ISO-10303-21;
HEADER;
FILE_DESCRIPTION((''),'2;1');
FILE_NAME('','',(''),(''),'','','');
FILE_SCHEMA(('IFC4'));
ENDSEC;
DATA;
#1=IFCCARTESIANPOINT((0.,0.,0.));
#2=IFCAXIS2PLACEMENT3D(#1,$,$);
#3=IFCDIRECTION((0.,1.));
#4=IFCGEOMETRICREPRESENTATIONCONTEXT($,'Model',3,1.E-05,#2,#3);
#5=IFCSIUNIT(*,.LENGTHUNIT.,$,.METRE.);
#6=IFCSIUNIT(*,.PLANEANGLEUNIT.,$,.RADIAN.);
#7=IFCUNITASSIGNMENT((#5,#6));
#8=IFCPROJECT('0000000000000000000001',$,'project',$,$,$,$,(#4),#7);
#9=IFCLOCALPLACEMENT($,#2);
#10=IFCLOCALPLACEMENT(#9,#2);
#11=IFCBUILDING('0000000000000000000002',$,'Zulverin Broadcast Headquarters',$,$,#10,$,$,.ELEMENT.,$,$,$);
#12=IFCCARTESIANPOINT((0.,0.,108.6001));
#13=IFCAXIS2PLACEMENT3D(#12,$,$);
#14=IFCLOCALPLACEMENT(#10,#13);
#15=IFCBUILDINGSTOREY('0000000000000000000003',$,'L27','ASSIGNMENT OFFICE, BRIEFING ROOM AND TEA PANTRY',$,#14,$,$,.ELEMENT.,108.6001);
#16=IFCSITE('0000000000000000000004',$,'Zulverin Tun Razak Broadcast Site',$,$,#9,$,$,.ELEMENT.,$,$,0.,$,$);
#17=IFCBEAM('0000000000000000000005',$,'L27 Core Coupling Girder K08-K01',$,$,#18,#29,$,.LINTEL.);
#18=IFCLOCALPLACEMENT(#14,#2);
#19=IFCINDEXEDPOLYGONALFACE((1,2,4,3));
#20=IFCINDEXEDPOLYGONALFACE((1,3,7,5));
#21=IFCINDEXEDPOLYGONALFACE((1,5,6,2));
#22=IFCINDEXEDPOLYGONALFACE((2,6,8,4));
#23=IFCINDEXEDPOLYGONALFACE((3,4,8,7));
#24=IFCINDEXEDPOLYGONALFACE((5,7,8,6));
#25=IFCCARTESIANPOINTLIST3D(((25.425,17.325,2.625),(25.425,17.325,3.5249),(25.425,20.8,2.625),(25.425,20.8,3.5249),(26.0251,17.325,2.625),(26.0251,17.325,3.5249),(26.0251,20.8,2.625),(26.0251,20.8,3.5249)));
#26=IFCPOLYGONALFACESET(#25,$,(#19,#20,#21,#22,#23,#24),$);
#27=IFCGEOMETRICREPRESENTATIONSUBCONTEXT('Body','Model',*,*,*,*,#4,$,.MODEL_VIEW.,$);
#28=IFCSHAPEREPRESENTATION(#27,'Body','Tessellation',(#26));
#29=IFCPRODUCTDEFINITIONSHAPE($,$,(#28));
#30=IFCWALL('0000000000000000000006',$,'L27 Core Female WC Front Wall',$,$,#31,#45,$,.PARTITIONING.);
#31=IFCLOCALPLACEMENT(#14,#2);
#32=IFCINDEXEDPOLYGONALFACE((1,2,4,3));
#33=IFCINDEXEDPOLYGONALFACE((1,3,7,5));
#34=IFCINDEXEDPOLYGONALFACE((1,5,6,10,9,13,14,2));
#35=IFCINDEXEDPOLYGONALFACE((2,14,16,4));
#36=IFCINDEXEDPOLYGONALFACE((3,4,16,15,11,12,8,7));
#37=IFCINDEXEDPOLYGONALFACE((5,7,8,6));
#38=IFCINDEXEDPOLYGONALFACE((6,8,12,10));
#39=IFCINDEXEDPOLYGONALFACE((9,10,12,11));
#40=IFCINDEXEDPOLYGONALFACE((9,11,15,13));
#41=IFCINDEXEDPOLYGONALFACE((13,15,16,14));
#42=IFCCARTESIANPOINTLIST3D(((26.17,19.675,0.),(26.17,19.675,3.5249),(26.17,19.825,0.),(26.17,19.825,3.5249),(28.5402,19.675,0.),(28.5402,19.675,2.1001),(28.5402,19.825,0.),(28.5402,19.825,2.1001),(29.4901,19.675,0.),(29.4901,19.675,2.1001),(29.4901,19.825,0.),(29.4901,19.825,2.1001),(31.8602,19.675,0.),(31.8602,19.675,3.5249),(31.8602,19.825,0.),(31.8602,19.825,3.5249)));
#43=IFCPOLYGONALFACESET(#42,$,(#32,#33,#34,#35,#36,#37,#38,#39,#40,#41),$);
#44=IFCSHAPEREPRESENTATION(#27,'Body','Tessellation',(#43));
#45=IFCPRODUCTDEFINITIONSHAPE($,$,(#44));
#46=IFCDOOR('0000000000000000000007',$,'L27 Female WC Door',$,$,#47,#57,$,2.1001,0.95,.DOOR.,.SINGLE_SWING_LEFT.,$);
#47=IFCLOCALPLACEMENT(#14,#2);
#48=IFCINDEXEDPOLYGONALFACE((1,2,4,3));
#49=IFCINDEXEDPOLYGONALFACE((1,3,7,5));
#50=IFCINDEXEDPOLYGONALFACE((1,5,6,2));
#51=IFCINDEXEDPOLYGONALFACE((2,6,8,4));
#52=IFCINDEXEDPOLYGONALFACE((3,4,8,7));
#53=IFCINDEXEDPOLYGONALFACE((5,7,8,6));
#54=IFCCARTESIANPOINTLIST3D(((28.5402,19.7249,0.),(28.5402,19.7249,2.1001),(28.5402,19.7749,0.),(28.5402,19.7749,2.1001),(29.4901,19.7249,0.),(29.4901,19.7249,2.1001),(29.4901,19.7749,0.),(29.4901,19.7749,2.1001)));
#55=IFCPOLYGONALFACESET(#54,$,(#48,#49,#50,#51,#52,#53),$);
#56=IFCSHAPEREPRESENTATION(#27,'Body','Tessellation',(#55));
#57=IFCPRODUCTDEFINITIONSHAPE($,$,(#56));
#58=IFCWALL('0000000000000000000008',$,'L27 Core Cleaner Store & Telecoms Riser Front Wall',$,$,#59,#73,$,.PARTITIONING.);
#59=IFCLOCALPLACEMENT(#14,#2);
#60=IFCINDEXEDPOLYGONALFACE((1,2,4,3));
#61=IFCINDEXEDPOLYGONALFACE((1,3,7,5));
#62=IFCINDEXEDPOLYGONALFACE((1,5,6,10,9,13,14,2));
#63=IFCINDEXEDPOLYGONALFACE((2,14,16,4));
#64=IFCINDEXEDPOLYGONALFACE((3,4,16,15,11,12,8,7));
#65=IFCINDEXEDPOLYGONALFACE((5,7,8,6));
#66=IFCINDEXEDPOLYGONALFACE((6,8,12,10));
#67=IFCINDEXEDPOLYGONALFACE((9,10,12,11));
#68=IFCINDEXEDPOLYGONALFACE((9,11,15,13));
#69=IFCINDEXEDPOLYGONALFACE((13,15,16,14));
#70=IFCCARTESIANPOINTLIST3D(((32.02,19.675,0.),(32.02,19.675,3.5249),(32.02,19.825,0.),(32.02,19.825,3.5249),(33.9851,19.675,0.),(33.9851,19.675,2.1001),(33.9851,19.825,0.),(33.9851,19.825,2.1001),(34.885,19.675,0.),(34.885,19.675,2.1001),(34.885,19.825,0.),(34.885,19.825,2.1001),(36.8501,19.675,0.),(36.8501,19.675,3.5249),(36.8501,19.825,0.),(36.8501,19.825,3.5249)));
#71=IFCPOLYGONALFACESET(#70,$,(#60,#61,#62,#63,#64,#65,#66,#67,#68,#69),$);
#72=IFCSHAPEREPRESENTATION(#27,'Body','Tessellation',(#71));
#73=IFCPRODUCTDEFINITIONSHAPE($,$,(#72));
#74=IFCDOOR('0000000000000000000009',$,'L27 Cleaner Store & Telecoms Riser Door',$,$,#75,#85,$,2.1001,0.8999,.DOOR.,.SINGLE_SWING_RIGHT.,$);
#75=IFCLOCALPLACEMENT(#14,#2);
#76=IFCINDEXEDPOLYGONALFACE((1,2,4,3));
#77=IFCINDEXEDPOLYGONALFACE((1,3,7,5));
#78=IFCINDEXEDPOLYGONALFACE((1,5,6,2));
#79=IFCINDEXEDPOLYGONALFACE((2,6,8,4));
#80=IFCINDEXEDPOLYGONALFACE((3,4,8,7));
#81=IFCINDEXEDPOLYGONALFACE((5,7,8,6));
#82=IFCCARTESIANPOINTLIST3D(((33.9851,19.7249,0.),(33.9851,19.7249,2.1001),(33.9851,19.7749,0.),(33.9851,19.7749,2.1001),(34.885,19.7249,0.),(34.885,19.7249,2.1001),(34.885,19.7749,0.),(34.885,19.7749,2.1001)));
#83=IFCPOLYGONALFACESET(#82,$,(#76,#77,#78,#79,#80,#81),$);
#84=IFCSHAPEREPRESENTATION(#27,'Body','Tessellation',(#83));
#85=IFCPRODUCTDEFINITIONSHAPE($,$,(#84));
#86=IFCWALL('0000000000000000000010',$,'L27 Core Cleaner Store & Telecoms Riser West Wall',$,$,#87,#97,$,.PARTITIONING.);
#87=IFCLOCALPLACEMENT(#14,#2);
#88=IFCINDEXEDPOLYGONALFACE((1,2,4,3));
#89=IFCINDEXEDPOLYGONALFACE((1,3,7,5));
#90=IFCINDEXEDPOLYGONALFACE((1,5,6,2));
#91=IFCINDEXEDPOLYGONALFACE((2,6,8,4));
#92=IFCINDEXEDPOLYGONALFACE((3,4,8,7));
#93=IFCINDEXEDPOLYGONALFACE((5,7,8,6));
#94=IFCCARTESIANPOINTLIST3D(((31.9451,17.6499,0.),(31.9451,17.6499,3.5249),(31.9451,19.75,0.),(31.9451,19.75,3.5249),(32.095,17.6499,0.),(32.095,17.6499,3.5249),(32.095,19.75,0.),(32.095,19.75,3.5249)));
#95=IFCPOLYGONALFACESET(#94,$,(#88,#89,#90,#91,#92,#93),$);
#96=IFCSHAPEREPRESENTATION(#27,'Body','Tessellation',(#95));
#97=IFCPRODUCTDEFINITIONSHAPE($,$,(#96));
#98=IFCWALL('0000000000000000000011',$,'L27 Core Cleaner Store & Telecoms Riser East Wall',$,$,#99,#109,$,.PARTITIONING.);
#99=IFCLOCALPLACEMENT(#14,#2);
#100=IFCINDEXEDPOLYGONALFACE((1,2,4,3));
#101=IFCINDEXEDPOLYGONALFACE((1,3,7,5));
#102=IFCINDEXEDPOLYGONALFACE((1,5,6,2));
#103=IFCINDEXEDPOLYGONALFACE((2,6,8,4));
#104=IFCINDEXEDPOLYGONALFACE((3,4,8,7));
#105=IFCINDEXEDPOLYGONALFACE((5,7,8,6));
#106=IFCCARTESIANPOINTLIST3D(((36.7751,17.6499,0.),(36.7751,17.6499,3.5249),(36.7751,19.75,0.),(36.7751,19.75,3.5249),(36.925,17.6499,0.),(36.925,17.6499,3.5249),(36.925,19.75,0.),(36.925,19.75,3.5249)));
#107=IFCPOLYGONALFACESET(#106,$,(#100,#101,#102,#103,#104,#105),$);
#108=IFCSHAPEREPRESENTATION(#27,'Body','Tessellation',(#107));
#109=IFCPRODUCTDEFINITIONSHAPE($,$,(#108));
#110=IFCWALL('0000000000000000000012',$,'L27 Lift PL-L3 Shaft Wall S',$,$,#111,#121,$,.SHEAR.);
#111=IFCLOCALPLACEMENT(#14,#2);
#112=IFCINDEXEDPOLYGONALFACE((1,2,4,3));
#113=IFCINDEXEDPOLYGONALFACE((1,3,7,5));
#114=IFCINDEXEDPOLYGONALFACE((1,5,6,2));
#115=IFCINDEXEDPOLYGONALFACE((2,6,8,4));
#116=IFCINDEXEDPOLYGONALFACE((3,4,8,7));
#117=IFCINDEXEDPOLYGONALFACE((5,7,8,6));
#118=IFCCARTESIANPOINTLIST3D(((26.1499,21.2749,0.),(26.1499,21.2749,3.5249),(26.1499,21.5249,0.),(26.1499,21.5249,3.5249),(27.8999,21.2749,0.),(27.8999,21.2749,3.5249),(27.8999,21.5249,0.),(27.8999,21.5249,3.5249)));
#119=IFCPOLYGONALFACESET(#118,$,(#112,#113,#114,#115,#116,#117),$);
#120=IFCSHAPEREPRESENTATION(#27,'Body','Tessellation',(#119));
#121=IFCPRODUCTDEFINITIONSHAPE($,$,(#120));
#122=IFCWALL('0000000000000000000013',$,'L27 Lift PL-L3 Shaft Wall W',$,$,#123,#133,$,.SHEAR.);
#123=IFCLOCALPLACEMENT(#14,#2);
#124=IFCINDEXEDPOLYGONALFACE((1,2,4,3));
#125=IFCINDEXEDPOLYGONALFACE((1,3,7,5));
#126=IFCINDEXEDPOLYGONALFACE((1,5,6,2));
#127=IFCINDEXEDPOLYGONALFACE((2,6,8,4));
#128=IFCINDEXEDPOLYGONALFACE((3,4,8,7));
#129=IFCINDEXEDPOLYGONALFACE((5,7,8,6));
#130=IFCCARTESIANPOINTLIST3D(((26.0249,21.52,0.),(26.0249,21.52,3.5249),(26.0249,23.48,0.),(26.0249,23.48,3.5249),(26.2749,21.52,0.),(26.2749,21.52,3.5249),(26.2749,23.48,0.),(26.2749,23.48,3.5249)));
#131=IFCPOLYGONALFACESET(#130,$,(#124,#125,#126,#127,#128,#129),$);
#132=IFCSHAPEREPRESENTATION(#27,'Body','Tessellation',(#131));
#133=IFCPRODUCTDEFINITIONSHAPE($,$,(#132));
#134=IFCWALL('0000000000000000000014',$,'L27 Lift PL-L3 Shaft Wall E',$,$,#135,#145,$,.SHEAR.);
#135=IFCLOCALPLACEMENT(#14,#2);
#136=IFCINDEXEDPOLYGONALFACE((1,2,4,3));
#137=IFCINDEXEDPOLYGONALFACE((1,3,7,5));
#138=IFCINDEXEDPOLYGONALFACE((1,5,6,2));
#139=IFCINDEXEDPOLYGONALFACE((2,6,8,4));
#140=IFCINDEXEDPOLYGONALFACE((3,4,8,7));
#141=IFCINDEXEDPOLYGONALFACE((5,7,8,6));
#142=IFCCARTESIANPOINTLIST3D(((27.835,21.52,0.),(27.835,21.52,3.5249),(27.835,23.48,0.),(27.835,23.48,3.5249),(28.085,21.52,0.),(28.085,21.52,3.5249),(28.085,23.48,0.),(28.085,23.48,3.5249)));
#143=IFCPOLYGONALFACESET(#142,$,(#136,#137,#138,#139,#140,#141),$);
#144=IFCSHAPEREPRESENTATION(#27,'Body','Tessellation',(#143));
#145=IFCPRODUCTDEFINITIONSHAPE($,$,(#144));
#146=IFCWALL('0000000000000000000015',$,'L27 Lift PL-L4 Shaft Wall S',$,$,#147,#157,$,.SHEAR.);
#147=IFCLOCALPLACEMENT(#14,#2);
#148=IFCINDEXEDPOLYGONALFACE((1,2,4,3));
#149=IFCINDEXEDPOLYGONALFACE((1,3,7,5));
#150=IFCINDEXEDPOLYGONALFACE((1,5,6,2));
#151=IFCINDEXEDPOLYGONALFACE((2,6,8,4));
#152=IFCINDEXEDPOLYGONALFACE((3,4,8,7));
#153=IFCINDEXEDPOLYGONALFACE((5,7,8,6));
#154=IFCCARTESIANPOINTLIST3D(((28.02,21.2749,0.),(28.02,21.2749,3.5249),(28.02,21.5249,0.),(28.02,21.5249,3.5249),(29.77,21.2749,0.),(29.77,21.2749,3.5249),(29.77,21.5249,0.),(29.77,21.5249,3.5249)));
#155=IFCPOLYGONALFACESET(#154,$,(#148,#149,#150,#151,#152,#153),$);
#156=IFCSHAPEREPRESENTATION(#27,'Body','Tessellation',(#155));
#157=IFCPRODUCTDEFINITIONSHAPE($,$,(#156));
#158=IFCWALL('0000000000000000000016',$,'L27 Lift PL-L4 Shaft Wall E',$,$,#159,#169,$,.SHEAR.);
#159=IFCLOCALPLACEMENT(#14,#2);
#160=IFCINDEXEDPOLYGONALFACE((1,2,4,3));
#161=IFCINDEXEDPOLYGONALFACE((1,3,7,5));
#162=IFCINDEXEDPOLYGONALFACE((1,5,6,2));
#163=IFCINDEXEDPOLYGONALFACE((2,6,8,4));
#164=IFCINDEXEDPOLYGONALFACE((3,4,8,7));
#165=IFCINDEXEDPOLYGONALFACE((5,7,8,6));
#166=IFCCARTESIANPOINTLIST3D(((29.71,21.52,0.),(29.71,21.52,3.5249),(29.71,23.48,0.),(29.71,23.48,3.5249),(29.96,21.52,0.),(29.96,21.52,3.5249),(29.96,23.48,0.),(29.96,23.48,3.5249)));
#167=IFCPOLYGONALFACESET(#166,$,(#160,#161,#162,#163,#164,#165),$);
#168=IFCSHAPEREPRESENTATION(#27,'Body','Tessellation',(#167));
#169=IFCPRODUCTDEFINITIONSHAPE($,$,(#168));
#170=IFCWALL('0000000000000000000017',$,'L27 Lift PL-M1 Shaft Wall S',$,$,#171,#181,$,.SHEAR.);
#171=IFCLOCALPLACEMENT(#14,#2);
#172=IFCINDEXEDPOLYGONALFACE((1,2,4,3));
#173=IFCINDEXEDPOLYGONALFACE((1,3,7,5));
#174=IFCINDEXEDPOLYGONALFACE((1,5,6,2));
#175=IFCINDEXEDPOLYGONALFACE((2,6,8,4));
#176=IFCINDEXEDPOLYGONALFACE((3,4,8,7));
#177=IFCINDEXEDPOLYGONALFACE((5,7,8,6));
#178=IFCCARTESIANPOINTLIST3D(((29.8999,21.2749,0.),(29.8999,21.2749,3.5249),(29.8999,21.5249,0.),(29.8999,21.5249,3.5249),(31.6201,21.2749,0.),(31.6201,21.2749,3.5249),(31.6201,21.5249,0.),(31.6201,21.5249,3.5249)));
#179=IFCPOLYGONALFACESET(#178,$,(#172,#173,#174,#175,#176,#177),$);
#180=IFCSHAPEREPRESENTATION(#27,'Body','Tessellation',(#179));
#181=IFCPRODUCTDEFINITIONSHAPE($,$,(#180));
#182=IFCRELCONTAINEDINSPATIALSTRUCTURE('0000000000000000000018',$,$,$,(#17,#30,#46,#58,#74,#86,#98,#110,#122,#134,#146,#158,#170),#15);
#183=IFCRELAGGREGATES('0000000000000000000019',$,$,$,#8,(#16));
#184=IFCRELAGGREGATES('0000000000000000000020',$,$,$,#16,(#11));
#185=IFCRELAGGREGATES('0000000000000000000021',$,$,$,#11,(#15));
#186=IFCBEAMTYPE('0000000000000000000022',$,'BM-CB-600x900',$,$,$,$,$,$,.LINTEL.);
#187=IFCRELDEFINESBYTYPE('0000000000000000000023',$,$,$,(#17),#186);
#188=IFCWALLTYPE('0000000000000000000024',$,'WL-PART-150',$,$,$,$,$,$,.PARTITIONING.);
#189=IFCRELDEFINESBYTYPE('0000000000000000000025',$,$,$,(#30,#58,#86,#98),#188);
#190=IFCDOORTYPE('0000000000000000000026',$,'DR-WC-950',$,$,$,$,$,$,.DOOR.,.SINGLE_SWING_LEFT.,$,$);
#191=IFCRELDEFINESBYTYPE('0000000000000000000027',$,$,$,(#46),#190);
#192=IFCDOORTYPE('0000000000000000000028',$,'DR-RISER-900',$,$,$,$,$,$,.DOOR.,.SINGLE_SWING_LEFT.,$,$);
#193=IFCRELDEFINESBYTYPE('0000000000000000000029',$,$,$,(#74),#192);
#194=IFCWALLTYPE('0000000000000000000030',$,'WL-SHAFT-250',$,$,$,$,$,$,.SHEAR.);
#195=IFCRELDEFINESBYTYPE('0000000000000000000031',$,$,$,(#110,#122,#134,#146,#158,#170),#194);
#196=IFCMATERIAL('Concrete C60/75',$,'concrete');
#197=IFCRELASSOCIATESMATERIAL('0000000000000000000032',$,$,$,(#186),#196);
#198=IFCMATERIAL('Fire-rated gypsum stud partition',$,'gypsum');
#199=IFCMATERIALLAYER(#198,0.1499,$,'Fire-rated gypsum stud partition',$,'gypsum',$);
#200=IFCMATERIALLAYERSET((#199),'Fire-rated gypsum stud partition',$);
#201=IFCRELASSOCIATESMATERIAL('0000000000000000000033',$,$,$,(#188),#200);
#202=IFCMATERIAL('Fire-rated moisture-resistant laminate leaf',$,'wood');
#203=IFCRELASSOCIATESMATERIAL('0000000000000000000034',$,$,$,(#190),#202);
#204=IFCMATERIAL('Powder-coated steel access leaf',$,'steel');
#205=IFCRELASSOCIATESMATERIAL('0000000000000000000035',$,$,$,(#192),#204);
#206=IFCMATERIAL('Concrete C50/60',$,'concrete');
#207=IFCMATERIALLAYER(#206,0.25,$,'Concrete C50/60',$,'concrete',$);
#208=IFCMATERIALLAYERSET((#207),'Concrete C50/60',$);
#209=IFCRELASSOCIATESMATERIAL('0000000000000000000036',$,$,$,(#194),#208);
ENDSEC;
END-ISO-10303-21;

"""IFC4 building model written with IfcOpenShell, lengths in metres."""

from ifc_helpers import new_model, si_unit, direction, frame, frame_2d, origin, origin_2d, place, context, subcontext, project, spatial, rectangle, extrude, material, layer, layer_set, material_profile, profile_set, type_object, element, fill, save


model = new_model("IFC4")

# Units and contexts
model_context = context("Model", 3, precision=1e-05, world=origin(), true_north=direction((0.0, 1.0)))
body_context = subcontext(model_context, "Body", "Model", "MODEL_VIEW")
ifc_project = project(units=[si_unit("LENGTHUNIT", "METRE"), si_unit("PLANEANGLEUNIT", "RADIAN")], contexts=[model_context])

# Site, building, storey
site_placement = place(None, origin())
site = spatial("IfcSite", under=ifc_project, at=site_placement, Name="Zulverin Tun Razak Broadcast Site", CompositionType="ELEMENT", RefElevation=0.0)
building_placement = place(site_placement, origin())
building = spatial("IfcBuilding", under=site, at=building_placement, Name="Zulverin Broadcast Headquarters", CompositionType="ELEMENT")
storey_placement = place(building_placement, frame((0.0, 0.0, 108.6001)))
storey = spatial("IfcBuildingStorey", under=building, at=storey_placement, Name="L27", Description="ASSIGNMENT OFFICE, BRIEFING ROOM AND TEA PANTRY", CompositionType="ELEMENT", Elevation=108.6001)

# Beam
ifc_material_1 = material(Name="Concrete C60/75", Category="concrete")
ifc_material_profile = material_profile(ifc_material_1, rectangle(XDim=0.6001, YDim=0.8999, at=origin_2d()), Name="Concrete C60/75", Category="concrete")
ifc_profile_set = profile_set([ifc_material_profile], Name="Concrete C60/75")
beam_type = type_object("IfcBeamType", Name="BM-CB-600x900", PredefinedType="LINTEL", material=ifc_profile_set)
beam_placement = place(storey_placement, frame((25.7251, 20.8, 3.075), z_axis=(0.0, -1.0, 0.0), x_axis=(1.0, 0.0, 0.0)))
element("IfcBeam", 1, at=beam_placement, inside=storey, type_object=beam_type, Name="L27 Core Coupling Girder K08-K01", PredefinedType="LINTEL", context=body_context, shape_type="SweptSolid", body=[
    extrude(rectangle(XDim=0.6001, YDim=0.8999, at=origin_2d()), origin(), (0.0, 0.0, 1.0), 3.4751),
])

# Walls, openings, doors
ifc_material_2 = material(Name="Fire-rated gypsum stud partition", Category="gypsum")
ifc_layer_1 = layer(ifc_material_2, 0.1499, Name="Fire-rated gypsum stud partition", Category="gypsum")
ifc_layer_set_1 = layer_set([ifc_layer_1], Name="Fire-rated gypsum stud partition")
wall_type_1 = type_object("IfcWallType", Name="WL-PART-150", PredefinedType="PARTITIONING", material=ifc_layer_set_1)
wall_1_placement = place(storey_placement, frame((26.1699, 19.75, 0.0), z_axis=(0.0, 0.0, 1.0), x_axis=(1.0, 0.0, 0.0)))
wall_1 = element("IfcWall", 2, at=wall_1_placement, inside=storey, type_object=wall_type_1, Name="L27 Core Female WC Front Wall", PredefinedType="PARTITIONING", context=body_context, shape_type="SweptSolid", body=[
    extrude(rectangle(XDim=5.6902, YDim=0.1499, at=frame_2d((2.8452, 0.0))), origin(), (0.0, 0.0, 1.0), 3.5249),
])
opening_1_placement = place(wall_1_placement, frame((2.3701, 0.0, 0.0)))
opening_1 = element("IfcOpeningElement", 3, at=opening_1_placement, cuts=wall_1, PredefinedType="OPENING", context=body_context, shape_type="SweptSolid", body=[
    extrude(rectangle(XDim=0.95, YDim=2.1001, at=frame_2d((0.4751, 1.05))), frame((0.0, 0.085, 0.0), z_axis=(0.0, -1.0, 0.0), x_axis=(1.0, 0.0, 0.0)), (0.0, 0.0, 1.0), 0.1699),
])
ifc_material_3 = material(Name="Fire-rated moisture-resistant laminate leaf", Category="wood")
door_type_1 = type_object("IfcDoorType", Name="DR-WC-950", OperationType="SINGLE_SWING_LEFT", PredefinedType="DOOR", material=ifc_material_3)
door_1_placement = place(opening_1_placement, origin())
door_1 = element("IfcDoor", 4, at=door_1_placement, inside=storey, type_object=door_type_1, Name="L27 Female WC Door", OperationType="SINGLE_SWING_LEFT", OverallHeight=2.1001, OverallWidth=0.95, PredefinedType="DOOR", context=body_context, shape_type="SweptSolid", body=[
    extrude(rectangle(XDim=0.95, YDim=2.1001, at=frame_2d((0.4751, 1.05))), frame((0.0, 0.0249, 0.0), z_axis=(0.0, -1.0, 0.0), x_axis=(1.0, 0.0, 0.0)), (0.0, 0.0, 1.0), 0.05),
])
fill(opening_1, door_1)
wall_2_placement = place(storey_placement, frame((32.02, 19.75, 0.0), z_axis=(0.0, 0.0, 1.0), x_axis=(1.0, 0.0, 0.0)))
wall_2 = element("IfcWall", 5, at=wall_2_placement, inside=storey, type_object=wall_type_1, Name="L27 Core Cleaner Store & Telecoms Riser Front Wall", PredefinedType="PARTITIONING", context=body_context, shape_type="SweptSolid", body=[
    extrude(rectangle(XDim=4.8301, YDim=0.1499, at=frame_2d((2.415, 0.0))), origin(), (0.0, 0.0, 1.0), 3.5249),
])
opening_2_placement = place(wall_2_placement, frame((1.9651, 0.0, 0.0)))
opening_2 = element("IfcOpeningElement", 6, at=opening_2_placement, cuts=wall_2, PredefinedType="OPENING", context=body_context, shape_type="SweptSolid", body=[
    extrude(rectangle(XDim=0.8999, YDim=2.1001, at=frame_2d((0.45, 1.05))), frame((0.0, 0.085, 0.0), z_axis=(0.0, -1.0, 0.0), x_axis=(1.0, 0.0, 0.0)), (0.0, 0.0, 1.0), 0.1699),
])
ifc_material_4 = material(Name="Powder-coated steel access leaf", Category="steel")
door_type_2 = type_object("IfcDoorType", Name="DR-RISER-900", OperationType="SINGLE_SWING_LEFT", PredefinedType="DOOR", material=ifc_material_4)
door_2_placement = place(opening_2_placement, origin())
door_2 = element("IfcDoor", 7, at=door_2_placement, inside=storey, type_object=door_type_2, Name="L27 Cleaner Store & Telecoms Riser Door", OperationType="SINGLE_SWING_RIGHT", OverallHeight=2.1001, OverallWidth=0.8999, PredefinedType="DOOR", context=body_context, shape_type="SweptSolid", body=[
    extrude(rectangle(XDim=0.8999, YDim=2.1001, at=frame_2d((0.45, 1.05))), frame((0.0, 0.0249, 0.0), z_axis=(0.0, -1.0, 0.0), x_axis=(1.0, 0.0, 0.0)), (0.0, 0.0, 1.0), 0.05),
])
fill(opening_2, door_2)

# Walls
for number, where, z_axis, x_axis, name in (
    (8, (32.02, 17.6499, 0.0), (0.0, 0.0, 1.0), (0.0, 1.0, 0.0), "L27 Core Cleaner Store & Telecoms Riser West Wall"),
    (9, (36.8501, 17.6499, 0.0), (0.0, 0.0, 1.0), (0.0, 1.0, 0.0), "L27 Core Cleaner Store & Telecoms Riser East Wall"),
):
    element("IfcWall", number, at=place(storey_placement, frame(where, z_axis=z_axis, x_axis=x_axis)), inside=storey, type_object=wall_type_1, Name=name, PredefinedType="PARTITIONING", context=body_context, shape_type="SweptSolid", body=[
        extrude(rectangle(XDim=2.1001, YDim=0.1499, at=frame_2d((1.05, 0.0))), origin(), (0.0, 0.0, 1.0), 3.5249),
    ])
ifc_material_5 = material(Name="Concrete C50/60", Category="concrete")
ifc_layer_2 = layer(ifc_material_5, 0.25, Name="Concrete C50/60", Category="concrete")
ifc_layer_set_2 = layer_set([ifc_layer_2], Name="Concrete C50/60")
wall_type_2 = type_object("IfcWallType", Name="WL-SHAFT-250", PredefinedType="SHEAR", material=ifc_layer_set_2)
wall_3_placement = place(storey_placement, frame((26.1499, 21.3999, 0.0), z_axis=(0.0, 0.0, 1.0), x_axis=(1.0, 0.0, 0.0)))
element("IfcWall", 10, at=wall_3_placement, inside=storey, type_object=wall_type_2, Name="L27 Lift PL-L3 Shaft Wall S", PredefinedType="SHEAR", context=body_context, shape_type="SweptSolid", body=[
    extrude(rectangle(XDim=1.75, YDim=0.25, at=frame_2d((0.875, 0.0))), origin(), (0.0, 0.0, 1.0), 3.5249),
])
for number, where, z_axis, x_axis, name in (
    (11, (26.1499, 21.52, 0.0), (0.0, 0.0, 1.0), (0.0, 1.0, 0.0), "L27 Lift PL-L3 Shaft Wall W"),
    (12, (27.96, 21.52, 0.0), (0.0, 0.0, 1.0), (0.0, 1.0, 0.0), "L27 Lift PL-L3 Shaft Wall E"),
):
    element("IfcWall", number, at=place(storey_placement, frame(where, z_axis=z_axis, x_axis=x_axis)), inside=storey, type_object=wall_type_2, Name=name, PredefinedType="SHEAR", context=body_context, shape_type="SweptSolid", body=[
        extrude(rectangle(XDim=1.96, YDim=0.25, at=frame_2d((0.98, 0.0))), origin(), (0.0, 0.0, 1.0), 3.5249),
    ])
wall_4_placement = place(storey_placement, frame((28.02, 21.3999, 0.0), z_axis=(0.0, 0.0, 1.0), x_axis=(1.0, 0.0, 0.0)))
element("IfcWall", 13, at=wall_4_placement, inside=storey, type_object=wall_type_2, Name="L27 Lift PL-L4 Shaft Wall S", PredefinedType="SHEAR", context=body_context, shape_type="SweptSolid", body=[
    extrude(rectangle(XDim=1.75, YDim=0.25, at=frame_2d((0.875, 0.0))), origin(), (0.0, 0.0, 1.0), 3.5249),
])
wall_5_placement = place(storey_placement, frame((29.835, 21.52, 0.0), z_axis=(0.0, 0.0, 1.0), x_axis=(0.0, 1.0, 0.0)))
element("IfcWall", 14, at=wall_5_placement, inside=storey, type_object=wall_type_2, Name="L27 Lift PL-L4 Shaft Wall E", PredefinedType="SHEAR", context=body_context, shape_type="SweptSolid", body=[
    extrude(rectangle(XDim=1.96, YDim=0.25, at=frame_2d((0.98, 0.0))), origin(), (0.0, 0.0, 1.0), 3.5249),
])
wall_6_placement = place(storey_placement, frame((29.8999, 21.3999, 0.0), z_axis=(0.0, 0.0, 1.0), x_axis=(1.0, 0.0, 0.0)))
element("IfcWall", 15, at=wall_6_placement, inside=storey, type_object=wall_type_2, Name="L27 Lift PL-M1 Shaft Wall S", PredefinedType="SHEAR", context=body_context, shape_type="SweptSolid", body=[
    extrude(rectangle(XDim=1.7202, YDim=0.25, at=frame_2d((0.8601, 0.0))), origin(), (0.0, 0.0, 1.0), 3.5249),
])

save(model, "model.ifc")
